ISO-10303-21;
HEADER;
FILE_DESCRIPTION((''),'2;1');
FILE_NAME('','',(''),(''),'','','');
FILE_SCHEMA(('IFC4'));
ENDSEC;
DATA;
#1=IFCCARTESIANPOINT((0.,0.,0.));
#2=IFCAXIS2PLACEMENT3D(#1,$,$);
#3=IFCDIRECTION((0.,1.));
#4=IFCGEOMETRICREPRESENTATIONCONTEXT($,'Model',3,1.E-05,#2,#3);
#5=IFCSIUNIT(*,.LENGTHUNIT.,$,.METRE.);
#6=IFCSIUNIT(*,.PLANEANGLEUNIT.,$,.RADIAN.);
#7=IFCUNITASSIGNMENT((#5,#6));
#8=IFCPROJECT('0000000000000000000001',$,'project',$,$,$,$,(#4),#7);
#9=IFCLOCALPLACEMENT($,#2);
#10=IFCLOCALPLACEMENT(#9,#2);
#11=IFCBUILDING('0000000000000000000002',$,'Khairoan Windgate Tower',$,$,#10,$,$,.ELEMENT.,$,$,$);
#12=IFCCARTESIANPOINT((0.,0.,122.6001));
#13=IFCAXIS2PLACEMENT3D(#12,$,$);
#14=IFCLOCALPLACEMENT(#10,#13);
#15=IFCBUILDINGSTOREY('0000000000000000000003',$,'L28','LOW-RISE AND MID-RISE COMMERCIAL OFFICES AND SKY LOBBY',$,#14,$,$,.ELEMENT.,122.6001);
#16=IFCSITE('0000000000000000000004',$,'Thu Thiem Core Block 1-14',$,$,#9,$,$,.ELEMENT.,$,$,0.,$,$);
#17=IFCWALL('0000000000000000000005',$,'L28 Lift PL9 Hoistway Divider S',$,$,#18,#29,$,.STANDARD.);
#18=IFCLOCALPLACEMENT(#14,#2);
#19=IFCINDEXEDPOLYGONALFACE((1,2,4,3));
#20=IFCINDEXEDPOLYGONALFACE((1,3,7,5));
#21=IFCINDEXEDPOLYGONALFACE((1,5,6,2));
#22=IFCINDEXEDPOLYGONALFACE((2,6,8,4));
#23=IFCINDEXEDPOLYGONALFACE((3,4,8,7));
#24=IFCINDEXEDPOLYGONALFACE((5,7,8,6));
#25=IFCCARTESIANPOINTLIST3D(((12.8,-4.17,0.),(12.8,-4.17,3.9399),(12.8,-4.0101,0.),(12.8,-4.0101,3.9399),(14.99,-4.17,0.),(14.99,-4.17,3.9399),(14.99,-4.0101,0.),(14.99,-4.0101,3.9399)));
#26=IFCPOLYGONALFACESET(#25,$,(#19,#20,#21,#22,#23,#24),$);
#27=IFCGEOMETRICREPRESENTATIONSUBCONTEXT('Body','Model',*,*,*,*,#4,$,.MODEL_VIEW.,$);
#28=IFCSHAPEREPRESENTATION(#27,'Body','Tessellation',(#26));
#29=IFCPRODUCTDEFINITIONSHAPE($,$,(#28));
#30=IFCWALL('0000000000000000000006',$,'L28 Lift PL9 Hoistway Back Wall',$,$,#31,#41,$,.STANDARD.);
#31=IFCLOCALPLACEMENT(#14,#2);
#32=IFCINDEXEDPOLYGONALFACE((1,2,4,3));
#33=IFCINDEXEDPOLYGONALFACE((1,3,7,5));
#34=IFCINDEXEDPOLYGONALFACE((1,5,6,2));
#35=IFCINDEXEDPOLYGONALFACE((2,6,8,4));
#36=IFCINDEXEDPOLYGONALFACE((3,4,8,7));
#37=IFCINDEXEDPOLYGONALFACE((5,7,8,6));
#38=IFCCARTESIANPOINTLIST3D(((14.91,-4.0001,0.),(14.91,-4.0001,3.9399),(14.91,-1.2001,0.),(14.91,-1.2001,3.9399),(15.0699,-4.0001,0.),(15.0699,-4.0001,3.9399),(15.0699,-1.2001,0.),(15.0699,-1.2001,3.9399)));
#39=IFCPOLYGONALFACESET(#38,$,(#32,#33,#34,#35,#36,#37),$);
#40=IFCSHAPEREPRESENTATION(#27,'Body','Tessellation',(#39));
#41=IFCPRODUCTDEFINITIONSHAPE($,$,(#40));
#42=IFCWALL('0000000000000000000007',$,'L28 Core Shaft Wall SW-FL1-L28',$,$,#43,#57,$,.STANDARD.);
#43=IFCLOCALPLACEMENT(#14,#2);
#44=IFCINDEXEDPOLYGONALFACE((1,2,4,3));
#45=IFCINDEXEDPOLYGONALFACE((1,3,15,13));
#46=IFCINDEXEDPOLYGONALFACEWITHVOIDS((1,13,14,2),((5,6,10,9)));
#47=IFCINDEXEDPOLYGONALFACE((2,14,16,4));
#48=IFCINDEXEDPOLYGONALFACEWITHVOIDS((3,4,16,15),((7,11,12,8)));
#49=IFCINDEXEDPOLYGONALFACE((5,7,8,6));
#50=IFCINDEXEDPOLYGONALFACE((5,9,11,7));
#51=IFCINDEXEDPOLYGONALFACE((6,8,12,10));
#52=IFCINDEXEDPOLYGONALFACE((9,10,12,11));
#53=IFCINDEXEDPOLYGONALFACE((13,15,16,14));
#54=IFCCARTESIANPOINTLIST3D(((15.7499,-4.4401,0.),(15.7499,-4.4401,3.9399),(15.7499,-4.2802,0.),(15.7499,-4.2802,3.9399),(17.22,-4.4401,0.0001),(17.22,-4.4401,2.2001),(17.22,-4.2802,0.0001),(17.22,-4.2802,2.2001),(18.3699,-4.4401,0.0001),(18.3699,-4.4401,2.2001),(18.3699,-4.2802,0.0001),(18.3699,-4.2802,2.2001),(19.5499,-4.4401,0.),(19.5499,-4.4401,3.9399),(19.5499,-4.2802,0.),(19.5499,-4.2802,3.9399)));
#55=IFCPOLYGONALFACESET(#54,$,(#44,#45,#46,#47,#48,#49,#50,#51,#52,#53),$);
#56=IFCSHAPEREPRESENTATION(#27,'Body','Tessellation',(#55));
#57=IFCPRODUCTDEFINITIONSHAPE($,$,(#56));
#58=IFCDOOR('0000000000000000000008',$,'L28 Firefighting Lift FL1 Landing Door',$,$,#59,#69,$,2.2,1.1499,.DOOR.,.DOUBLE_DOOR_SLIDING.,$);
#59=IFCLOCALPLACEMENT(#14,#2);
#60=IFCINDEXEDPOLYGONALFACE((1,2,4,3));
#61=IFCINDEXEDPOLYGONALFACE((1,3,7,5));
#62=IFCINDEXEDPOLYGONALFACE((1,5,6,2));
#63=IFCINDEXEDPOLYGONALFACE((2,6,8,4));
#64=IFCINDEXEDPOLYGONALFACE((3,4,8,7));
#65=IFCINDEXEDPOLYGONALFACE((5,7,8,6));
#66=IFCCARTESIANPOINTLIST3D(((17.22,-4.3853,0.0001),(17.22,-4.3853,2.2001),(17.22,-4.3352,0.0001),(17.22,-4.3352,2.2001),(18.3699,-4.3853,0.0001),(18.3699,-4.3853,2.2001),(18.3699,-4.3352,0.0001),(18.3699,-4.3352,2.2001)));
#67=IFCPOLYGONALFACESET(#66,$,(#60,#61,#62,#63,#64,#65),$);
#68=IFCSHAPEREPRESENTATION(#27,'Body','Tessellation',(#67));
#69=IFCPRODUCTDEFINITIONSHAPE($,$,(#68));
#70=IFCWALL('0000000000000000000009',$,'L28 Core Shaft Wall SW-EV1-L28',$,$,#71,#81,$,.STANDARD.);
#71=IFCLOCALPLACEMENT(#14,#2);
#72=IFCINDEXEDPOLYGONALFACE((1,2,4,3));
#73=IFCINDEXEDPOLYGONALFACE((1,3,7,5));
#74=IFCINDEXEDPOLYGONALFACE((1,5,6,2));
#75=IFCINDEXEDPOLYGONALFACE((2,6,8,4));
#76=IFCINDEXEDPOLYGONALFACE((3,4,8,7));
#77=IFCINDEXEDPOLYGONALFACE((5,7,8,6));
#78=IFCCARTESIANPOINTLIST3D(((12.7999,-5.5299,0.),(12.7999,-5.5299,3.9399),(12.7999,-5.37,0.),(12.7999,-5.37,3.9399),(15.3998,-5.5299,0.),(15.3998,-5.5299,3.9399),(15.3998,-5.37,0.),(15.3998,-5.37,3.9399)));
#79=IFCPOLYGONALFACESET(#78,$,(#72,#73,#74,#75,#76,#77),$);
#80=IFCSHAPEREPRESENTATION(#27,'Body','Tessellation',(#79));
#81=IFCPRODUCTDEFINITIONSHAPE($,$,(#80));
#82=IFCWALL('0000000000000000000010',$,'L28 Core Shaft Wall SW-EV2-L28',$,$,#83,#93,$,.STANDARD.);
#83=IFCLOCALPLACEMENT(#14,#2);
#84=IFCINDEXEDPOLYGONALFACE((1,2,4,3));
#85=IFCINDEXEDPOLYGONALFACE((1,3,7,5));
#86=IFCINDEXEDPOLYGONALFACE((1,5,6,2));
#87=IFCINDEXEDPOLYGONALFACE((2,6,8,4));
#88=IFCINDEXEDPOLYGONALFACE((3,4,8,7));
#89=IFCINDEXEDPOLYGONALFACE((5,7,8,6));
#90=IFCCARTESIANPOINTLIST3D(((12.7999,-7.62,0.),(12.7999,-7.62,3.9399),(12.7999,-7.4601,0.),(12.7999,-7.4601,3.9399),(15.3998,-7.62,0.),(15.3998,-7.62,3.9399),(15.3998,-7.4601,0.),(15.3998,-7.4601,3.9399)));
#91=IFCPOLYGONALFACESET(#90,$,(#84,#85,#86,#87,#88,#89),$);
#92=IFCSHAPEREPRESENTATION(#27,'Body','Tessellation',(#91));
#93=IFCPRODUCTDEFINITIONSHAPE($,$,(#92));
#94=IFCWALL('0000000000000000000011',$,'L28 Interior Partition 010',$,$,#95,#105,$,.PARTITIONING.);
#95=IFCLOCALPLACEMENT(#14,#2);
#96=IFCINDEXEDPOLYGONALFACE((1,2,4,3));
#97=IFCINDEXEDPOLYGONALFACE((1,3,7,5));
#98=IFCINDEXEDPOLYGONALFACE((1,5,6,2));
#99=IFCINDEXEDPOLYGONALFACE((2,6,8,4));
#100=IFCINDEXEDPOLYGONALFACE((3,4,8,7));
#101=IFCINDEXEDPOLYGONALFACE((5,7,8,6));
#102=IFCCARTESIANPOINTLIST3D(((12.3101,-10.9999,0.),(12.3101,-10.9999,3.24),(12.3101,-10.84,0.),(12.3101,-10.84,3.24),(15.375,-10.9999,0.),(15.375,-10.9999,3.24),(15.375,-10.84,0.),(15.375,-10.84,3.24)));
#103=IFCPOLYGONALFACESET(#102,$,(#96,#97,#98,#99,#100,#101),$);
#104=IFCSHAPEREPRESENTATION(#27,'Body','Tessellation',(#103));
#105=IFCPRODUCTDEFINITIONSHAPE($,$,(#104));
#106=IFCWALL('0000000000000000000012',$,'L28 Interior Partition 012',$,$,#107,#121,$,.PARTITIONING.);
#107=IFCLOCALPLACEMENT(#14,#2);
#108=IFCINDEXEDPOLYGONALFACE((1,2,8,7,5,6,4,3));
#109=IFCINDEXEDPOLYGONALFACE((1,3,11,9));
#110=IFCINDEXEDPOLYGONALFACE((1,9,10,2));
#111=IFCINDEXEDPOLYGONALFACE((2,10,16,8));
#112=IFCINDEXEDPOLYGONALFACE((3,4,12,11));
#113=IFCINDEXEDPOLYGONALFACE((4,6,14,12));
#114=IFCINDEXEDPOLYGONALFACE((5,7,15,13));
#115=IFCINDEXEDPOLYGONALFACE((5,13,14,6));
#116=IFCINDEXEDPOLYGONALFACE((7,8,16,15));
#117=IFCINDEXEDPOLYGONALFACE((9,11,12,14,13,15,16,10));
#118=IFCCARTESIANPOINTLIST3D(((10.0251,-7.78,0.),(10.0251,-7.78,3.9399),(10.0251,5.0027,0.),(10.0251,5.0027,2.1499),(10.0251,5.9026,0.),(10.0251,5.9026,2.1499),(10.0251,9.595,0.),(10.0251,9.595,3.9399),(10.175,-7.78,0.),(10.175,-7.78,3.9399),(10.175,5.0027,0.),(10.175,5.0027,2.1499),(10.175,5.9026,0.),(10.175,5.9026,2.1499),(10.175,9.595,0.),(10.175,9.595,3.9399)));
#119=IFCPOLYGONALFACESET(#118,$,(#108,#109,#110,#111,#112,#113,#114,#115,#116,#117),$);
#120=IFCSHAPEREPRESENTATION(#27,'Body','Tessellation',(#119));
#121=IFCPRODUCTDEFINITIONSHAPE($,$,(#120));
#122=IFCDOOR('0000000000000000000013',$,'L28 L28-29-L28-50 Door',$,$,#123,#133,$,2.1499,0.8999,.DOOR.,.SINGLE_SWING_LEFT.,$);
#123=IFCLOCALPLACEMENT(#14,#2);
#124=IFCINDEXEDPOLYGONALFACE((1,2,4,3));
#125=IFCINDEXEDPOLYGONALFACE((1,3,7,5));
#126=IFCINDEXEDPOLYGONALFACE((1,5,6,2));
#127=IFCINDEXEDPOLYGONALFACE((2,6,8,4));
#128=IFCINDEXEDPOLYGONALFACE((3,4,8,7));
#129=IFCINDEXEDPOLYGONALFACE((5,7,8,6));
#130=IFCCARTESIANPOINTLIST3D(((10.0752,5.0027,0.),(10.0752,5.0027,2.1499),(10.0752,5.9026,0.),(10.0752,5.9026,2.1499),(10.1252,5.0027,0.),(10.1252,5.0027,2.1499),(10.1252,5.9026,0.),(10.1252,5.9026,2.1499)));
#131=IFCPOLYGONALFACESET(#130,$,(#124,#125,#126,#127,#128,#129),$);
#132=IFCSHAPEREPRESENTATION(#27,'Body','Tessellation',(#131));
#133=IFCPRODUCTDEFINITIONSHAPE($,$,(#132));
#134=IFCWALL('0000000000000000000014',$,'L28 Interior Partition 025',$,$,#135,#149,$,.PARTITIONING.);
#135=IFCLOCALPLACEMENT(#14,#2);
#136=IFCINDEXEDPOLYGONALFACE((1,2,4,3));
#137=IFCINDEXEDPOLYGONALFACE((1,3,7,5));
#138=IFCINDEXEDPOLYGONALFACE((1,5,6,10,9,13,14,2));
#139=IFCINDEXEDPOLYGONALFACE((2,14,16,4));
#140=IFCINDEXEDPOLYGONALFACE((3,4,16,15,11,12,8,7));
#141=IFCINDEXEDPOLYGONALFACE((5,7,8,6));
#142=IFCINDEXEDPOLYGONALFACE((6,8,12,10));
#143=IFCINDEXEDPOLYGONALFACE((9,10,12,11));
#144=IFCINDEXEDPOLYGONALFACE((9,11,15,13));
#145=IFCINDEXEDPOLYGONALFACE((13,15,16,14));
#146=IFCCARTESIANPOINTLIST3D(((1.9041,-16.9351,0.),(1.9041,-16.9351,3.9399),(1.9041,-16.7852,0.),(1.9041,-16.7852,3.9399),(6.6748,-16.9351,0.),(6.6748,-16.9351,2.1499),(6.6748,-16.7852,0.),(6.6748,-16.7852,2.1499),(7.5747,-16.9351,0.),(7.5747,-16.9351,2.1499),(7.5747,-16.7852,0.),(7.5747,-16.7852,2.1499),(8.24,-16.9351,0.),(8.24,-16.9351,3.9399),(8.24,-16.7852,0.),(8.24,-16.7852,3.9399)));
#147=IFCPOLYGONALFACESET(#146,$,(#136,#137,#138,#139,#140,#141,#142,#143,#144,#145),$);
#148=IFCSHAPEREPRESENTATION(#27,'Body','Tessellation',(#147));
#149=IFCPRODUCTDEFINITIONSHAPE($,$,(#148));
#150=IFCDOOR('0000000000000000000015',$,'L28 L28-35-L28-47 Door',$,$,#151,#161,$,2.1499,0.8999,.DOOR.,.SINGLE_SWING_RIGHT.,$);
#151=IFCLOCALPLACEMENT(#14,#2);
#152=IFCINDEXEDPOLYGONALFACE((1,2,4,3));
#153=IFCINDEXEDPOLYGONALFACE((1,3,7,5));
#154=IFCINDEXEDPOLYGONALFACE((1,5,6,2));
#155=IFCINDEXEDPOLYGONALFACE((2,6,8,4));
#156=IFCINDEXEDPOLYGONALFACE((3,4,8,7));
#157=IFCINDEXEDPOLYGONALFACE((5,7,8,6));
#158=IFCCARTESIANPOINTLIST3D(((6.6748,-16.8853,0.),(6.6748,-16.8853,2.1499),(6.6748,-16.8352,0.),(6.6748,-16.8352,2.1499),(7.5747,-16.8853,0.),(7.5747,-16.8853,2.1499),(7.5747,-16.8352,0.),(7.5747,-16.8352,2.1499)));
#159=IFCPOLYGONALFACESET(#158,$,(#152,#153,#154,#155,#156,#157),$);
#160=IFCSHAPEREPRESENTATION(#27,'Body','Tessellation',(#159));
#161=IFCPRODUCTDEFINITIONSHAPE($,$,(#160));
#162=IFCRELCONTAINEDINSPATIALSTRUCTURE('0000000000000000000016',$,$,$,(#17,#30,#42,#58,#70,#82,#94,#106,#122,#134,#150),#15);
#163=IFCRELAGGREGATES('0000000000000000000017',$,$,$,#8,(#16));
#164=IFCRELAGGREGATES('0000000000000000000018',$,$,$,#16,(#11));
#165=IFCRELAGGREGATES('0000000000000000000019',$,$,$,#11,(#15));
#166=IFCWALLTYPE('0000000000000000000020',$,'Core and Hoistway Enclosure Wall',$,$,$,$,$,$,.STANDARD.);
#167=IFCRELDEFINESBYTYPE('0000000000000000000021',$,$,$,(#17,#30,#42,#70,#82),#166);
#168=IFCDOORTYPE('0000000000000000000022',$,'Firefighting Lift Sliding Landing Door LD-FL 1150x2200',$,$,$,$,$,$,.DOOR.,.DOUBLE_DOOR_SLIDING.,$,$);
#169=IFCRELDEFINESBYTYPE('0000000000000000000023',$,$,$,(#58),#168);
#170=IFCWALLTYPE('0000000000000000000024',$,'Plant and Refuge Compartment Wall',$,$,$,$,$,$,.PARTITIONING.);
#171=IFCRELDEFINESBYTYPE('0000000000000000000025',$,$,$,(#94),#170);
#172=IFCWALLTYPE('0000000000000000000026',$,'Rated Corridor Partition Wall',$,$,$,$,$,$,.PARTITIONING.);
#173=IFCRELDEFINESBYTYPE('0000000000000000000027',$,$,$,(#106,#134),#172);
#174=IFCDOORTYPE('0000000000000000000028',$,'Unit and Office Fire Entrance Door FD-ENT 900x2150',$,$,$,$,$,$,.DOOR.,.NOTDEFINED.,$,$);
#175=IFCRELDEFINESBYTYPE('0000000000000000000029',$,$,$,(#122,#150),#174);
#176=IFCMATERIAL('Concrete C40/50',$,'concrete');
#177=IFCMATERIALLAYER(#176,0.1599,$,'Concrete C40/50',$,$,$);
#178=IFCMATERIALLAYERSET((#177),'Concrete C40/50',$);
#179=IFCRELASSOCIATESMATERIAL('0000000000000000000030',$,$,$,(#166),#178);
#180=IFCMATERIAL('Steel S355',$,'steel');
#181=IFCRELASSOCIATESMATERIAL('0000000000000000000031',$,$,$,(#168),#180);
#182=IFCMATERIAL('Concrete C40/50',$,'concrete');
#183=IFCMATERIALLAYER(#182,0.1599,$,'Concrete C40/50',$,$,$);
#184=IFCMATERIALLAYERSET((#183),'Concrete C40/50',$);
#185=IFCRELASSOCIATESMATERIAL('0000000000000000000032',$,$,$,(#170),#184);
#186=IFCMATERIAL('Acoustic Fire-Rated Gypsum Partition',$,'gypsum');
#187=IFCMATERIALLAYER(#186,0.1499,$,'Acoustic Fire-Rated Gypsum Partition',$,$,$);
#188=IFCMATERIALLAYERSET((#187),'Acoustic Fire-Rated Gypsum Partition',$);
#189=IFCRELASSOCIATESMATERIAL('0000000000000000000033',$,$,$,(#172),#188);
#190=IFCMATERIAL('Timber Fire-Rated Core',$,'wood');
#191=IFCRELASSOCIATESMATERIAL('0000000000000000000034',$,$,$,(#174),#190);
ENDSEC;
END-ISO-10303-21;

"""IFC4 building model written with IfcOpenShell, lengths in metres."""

from ifc_helpers import new_model, si_unit, direction, frame, frame_2d, origin, place, context, subcontext, project, spatial, rectangle, extrude, material, layer, layer_set, type_object, element, fill, save


model = new_model("IFC4")

# Units and contexts
model_context = context("Model", 3, precision=1e-05, world=origin(), true_north=direction((0.0, 1.0)))
body_context = subcontext(model_context, "Body", "Model", "MODEL_VIEW")
ifc_project = project(units=[si_unit("LENGTHUNIT", "METRE"), si_unit("PLANEANGLEUNIT", "RADIAN")], contexts=[model_context])

# Site, building, storey
site_placement = place(None, origin())
site = spatial("IfcSite", under=ifc_project, at=site_placement, Name="Thu Thiem Core Block 1-14", CompositionType="ELEMENT", RefElevation=0.0)
building_placement = place(site_placement, origin())
building = spatial("IfcBuilding", under=site, at=building_placement, Name="Khairoan Windgate Tower", CompositionType="ELEMENT")
storey_placement = place(building_placement, frame((0.0, 0.0, 122.6001)))
storey = spatial("IfcBuildingStorey", under=building, at=storey_placement, Name="L28", Description="LOW-RISE AND MID-RISE COMMERCIAL OFFICES AND SKY LOBBY", CompositionType="ELEMENT", Elevation=122.6001)

# Walls
ifc_material_1 = material(Name="Concrete C40/50", Category="concrete")
ifc_layer_1 = layer(ifc_material_1, 0.1599, Name="Concrete C40/50")
ifc_layer_set_1 = layer_set([ifc_layer_1], Name="Concrete C40/50")
wall_type_1 = type_object("IfcWallType", Name="Core and Hoistway Enclosure Wall", PredefinedType="STANDARD", material=ifc_layer_set_1)
wall_1_placement = place(storey_placement, frame((12.8, -4.0901, 0.0), z_axis=(0.0, 0.0, 1.0), x_axis=(1.0, 0.0, 0.0)))
element("IfcWall", 1, at=wall_1_placement, inside=storey, type_object=wall_type_1, Name="L28 Lift PL9 Hoistway Divider S", PredefinedType="STANDARD", context=body_context, shape_type="SweptSolid", body=[
    extrude(rectangle(XDim=2.1899, YDim=0.1599, at=frame_2d((1.095, 0.0))), origin(), (0.0, 0.0, 1.0), 3.9399),
])
wall_2_placement = place(storey_placement, frame((14.99, -4.0, 0.0), z_axis=(0.0, 0.0, 1.0), x_axis=(0.0, 1.0, 0.0)))
element("IfcWall", 2, at=wall_2_placement, inside=storey, type_object=wall_type_1, Name="L28 Lift PL9 Hoistway Back Wall", PredefinedType="STANDARD", context=body_context, shape_type="SweptSolid", body=[
    extrude(rectangle(XDim=2.8, YDim=0.1599, at=frame_2d((1.3999, 0.0))), origin(), (0.0, 0.0, 1.0), 3.9399),
])

# Wall, opening, door
wall_3_placement = place(storey_placement, frame((15.75, -4.3601, 0.0), z_axis=(0.0, 0.0, 1.0), x_axis=(1.0, 0.0, 0.0)))
wall_3 = element("IfcWall", 3, at=wall_3_placement, inside=storey, type_object=wall_type_1, Name="L28 Core Shaft Wall SW-FL1-L28", PredefinedType="STANDARD", context=body_context, shape_type="SweptSolid", body=[
    extrude(rectangle(XDim=3.8, YDim=0.1599, at=frame_2d((1.8999, 0.0))), origin(), (0.0, 0.0, 1.0), 3.9399),
])
opening_1_placement = place(wall_3_placement, frame((1.47, 0.0, 0.0)))
opening_1 = element("IfcOpeningElement", 4, at=opening_1_placement, cuts=wall_3, PredefinedType="OPENING", context=body_context, shape_type="SweptSolid", body=[
    extrude(rectangle(XDim=1.1499, YDim=2.2, at=frame_2d((0.575, 1.1001))), frame((0.0, 0.0898, 0.0), z_axis=(0.0, -1.0, 0.0), x_axis=(1.0, 0.0, 0.0)), (0.0, 0.0, 1.0), 0.1799),
])
ifc_material_2 = material(Name="Steel S355", Category="steel")
door_type_1 = type_object("IfcDoorType", Name="Firefighting Lift Sliding Landing Door LD-FL 1150x2200", OperationType="DOUBLE_DOOR_SLIDING", PredefinedType="DOOR", material=ifc_material_2)
door_1_placement = place(opening_1_placement, origin())
door_1 = element("IfcDoor", 5, at=door_1_placement, inside=storey, type_object=door_type_1, Name="L28 Firefighting Lift FL1 Landing Door", OperationType="DOUBLE_DOOR_SLIDING", OverallHeight=2.2, OverallWidth=1.1499, PredefinedType="DOOR", context=body_context, shape_type="SweptSolid", body=[
    extrude(rectangle(XDim=1.1499, YDim=2.2, at=frame_2d((0.575, 1.1001))), frame((0.0, 0.0249, 0.0), z_axis=(0.0, -1.0, 0.0), x_axis=(1.0, 0.0, 0.0)), (0.0, 0.0, 1.0), 0.05),
])
fill(opening_1, door_1)

# Walls
for number, where, z_axis, x_axis, name in (
    (6, (12.8, -5.45, 0.0), (0.0, 0.0, 1.0), (1.0, 0.0, 0.0), "L28 Core Shaft Wall SW-EV1-L28"),
    (7, (12.8, -7.54, 0.0), (0.0, 0.0, 1.0), (1.0, 0.0, 0.0), "L28 Core Shaft Wall SW-EV2-L28"),
):
    element("IfcWall", number, at=place(storey_placement, frame(where, z_axis=z_axis, x_axis=x_axis)), inside=storey, type_object=wall_type_1, Name=name, PredefinedType="STANDARD", context=body_context, shape_type="SweptSolid", body=[
        extrude(rectangle(XDim=2.5999, YDim=0.1599, at=frame_2d((1.2998, 0.0))), origin(), (0.0, 0.0, 1.0), 3.9399),
    ])
ifc_material_3 = material(Name="Concrete C40/50", Category="concrete")
ifc_layer_2 = layer(ifc_material_3, 0.1599, Name="Concrete C40/50")
ifc_layer_set_2 = layer_set([ifc_layer_2], Name="Concrete C40/50")
wall_type_2 = type_object("IfcWallType", Name="Plant and Refuge Compartment Wall", PredefinedType="PARTITIONING", material=ifc_layer_set_2)
wall_4_placement = place(storey_placement, frame((12.3101, -10.9199, 0.0), z_axis=(0.0, 0.0, 1.0), x_axis=(1.0, 0.0, 0.0)))
element("IfcWall", 8, at=wall_4_placement, inside=storey, type_object=wall_type_2, Name="L28 Interior Partition 010", PredefinedType="PARTITIONING", context=body_context, shape_type="SweptSolid", body=[
    extrude(rectangle(XDim=3.0649, YDim=0.1599, at=frame_2d((1.5325, 0.0))), origin(), (0.0, 0.0, 1.0), 3.24),
])

# Walls, openings, doors
ifc_material_4 = material(Name="Acoustic Fire-Rated Gypsum Partition", Category="gypsum")
ifc_layer_3 = layer(ifc_material_4, 0.1499, Name="Acoustic Fire-Rated Gypsum Partition")
ifc_layer_set_3 = layer_set([ifc_layer_3], Name="Acoustic Fire-Rated Gypsum Partition")
wall_type_3 = type_object("IfcWallType", Name="Rated Corridor Partition Wall", PredefinedType="PARTITIONING", material=ifc_layer_set_3)
wall_5_placement = place(storey_placement, frame((10.1001, -7.78, 0.0), z_axis=(0.0, 0.0, 1.0), x_axis=(0.0, 1.0, 0.0)))
wall_5 = element("IfcWall", 9, at=wall_5_placement, inside=storey, type_object=wall_type_3, Name="L28 Interior Partition 012", PredefinedType="PARTITIONING", context=body_context, shape_type="SweptSolid", body=[
    extrude(rectangle(XDim=17.375, YDim=0.1499, at=frame_2d((8.6875, 0.0))), origin(), (0.0, 0.0, 1.0), 3.9399),
])
opening_2_placement = place(wall_5_placement, frame((12.7827, 0.0, 0.0)))
opening_2 = element("IfcOpeningElement", 10, at=opening_2_placement, cuts=wall_5, PredefinedType="OPENING", context=body_context, shape_type="SweptSolid", body=[
    extrude(rectangle(XDim=0.8999, YDim=2.1499, at=frame_2d((0.45, 1.075))), frame((0.0, 0.085, 0.0), z_axis=(0.0, -1.0, 0.0), x_axis=(1.0, 0.0, 0.0)), (0.0, 0.0, 1.0), 0.1699),
])
ifc_material_5 = material(Name="Timber Fire-Rated Core", Category="wood")
door_type_2 = type_object("IfcDoorType", Name="Unit and Office Fire Entrance Door FD-ENT 900x2150", OperationType="NOTDEFINED", PredefinedType="DOOR", material=ifc_material_5)
door_2_placement = place(opening_2_placement, origin())
door_2 = element("IfcDoor", 11, at=door_2_placement, inside=storey, type_object=door_type_2, Name="L28 L28-29-L28-50 Door", OperationType="SINGLE_SWING_LEFT", OverallHeight=2.1499, OverallWidth=0.8999, PredefinedType="DOOR", context=body_context, shape_type="SweptSolid", body=[
    extrude(rectangle(XDim=0.8999, YDim=2.1499, at=frame_2d((0.45, 1.075))), frame((0.0, 0.0249, 0.0), z_axis=(0.0, -1.0, 0.0), x_axis=(1.0, 0.0, 0.0)), (0.0, 0.0, 1.0), 0.05),
])
fill(opening_2, door_2)
wall_6_placement = place(storey_placement, frame((1.9041, -16.8601, 0.0), z_axis=(0.0, 0.0, 1.0), x_axis=(1.0, 0.0, 0.0)))
wall_6 = element("IfcWall", 12, at=wall_6_placement, inside=storey, type_object=wall_type_3, Name="L28 Interior Partition 025", PredefinedType="PARTITIONING", context=body_context, shape_type="SweptSolid", body=[
    extrude(rectangle(XDim=6.3359, YDim=0.1499, at=frame_2d((3.168, 0.0))), origin(), (0.0, 0.0, 1.0), 3.9399),
])
opening_3_placement = place(wall_6_placement, frame((4.7708, 0.0, 0.0)))
opening_3 = element("IfcOpeningElement", 13, at=opening_3_placement, cuts=wall_6, PredefinedType="OPENING", context=body_context, shape_type="SweptSolid", body=[
    extrude(rectangle(XDim=0.8999, YDim=2.1499, at=frame_2d((0.45, 1.075))), frame((0.0, 0.085, 0.0), z_axis=(0.0, -1.0, 0.0), x_axis=(1.0, 0.0, 0.0)), (0.0, 0.0, 1.0), 0.1699),
])
door_3_placement = place(opening_3_placement, origin())
door_3 = element("IfcDoor", 14, at=door_3_placement, inside=storey, type_object=door_type_2, Name="L28 L28-35-L28-47 Door", OperationType="SINGLE_SWING_RIGHT", OverallHeight=2.1499, OverallWidth=0.8999, PredefinedType="DOOR", context=body_context, shape_type="SweptSolid", body=[
    extrude(rectangle(XDim=0.8999, YDim=2.1499, at=frame_2d((0.45, 1.075))), frame((0.0, 0.0249, 0.0), z_axis=(0.0, -1.0, 0.0), x_axis=(1.0, 0.0, 0.0)), (0.0, 0.0, 1.0), 0.05),
])
fill(opening_3, door_3)

save(model, "model.ifc")
